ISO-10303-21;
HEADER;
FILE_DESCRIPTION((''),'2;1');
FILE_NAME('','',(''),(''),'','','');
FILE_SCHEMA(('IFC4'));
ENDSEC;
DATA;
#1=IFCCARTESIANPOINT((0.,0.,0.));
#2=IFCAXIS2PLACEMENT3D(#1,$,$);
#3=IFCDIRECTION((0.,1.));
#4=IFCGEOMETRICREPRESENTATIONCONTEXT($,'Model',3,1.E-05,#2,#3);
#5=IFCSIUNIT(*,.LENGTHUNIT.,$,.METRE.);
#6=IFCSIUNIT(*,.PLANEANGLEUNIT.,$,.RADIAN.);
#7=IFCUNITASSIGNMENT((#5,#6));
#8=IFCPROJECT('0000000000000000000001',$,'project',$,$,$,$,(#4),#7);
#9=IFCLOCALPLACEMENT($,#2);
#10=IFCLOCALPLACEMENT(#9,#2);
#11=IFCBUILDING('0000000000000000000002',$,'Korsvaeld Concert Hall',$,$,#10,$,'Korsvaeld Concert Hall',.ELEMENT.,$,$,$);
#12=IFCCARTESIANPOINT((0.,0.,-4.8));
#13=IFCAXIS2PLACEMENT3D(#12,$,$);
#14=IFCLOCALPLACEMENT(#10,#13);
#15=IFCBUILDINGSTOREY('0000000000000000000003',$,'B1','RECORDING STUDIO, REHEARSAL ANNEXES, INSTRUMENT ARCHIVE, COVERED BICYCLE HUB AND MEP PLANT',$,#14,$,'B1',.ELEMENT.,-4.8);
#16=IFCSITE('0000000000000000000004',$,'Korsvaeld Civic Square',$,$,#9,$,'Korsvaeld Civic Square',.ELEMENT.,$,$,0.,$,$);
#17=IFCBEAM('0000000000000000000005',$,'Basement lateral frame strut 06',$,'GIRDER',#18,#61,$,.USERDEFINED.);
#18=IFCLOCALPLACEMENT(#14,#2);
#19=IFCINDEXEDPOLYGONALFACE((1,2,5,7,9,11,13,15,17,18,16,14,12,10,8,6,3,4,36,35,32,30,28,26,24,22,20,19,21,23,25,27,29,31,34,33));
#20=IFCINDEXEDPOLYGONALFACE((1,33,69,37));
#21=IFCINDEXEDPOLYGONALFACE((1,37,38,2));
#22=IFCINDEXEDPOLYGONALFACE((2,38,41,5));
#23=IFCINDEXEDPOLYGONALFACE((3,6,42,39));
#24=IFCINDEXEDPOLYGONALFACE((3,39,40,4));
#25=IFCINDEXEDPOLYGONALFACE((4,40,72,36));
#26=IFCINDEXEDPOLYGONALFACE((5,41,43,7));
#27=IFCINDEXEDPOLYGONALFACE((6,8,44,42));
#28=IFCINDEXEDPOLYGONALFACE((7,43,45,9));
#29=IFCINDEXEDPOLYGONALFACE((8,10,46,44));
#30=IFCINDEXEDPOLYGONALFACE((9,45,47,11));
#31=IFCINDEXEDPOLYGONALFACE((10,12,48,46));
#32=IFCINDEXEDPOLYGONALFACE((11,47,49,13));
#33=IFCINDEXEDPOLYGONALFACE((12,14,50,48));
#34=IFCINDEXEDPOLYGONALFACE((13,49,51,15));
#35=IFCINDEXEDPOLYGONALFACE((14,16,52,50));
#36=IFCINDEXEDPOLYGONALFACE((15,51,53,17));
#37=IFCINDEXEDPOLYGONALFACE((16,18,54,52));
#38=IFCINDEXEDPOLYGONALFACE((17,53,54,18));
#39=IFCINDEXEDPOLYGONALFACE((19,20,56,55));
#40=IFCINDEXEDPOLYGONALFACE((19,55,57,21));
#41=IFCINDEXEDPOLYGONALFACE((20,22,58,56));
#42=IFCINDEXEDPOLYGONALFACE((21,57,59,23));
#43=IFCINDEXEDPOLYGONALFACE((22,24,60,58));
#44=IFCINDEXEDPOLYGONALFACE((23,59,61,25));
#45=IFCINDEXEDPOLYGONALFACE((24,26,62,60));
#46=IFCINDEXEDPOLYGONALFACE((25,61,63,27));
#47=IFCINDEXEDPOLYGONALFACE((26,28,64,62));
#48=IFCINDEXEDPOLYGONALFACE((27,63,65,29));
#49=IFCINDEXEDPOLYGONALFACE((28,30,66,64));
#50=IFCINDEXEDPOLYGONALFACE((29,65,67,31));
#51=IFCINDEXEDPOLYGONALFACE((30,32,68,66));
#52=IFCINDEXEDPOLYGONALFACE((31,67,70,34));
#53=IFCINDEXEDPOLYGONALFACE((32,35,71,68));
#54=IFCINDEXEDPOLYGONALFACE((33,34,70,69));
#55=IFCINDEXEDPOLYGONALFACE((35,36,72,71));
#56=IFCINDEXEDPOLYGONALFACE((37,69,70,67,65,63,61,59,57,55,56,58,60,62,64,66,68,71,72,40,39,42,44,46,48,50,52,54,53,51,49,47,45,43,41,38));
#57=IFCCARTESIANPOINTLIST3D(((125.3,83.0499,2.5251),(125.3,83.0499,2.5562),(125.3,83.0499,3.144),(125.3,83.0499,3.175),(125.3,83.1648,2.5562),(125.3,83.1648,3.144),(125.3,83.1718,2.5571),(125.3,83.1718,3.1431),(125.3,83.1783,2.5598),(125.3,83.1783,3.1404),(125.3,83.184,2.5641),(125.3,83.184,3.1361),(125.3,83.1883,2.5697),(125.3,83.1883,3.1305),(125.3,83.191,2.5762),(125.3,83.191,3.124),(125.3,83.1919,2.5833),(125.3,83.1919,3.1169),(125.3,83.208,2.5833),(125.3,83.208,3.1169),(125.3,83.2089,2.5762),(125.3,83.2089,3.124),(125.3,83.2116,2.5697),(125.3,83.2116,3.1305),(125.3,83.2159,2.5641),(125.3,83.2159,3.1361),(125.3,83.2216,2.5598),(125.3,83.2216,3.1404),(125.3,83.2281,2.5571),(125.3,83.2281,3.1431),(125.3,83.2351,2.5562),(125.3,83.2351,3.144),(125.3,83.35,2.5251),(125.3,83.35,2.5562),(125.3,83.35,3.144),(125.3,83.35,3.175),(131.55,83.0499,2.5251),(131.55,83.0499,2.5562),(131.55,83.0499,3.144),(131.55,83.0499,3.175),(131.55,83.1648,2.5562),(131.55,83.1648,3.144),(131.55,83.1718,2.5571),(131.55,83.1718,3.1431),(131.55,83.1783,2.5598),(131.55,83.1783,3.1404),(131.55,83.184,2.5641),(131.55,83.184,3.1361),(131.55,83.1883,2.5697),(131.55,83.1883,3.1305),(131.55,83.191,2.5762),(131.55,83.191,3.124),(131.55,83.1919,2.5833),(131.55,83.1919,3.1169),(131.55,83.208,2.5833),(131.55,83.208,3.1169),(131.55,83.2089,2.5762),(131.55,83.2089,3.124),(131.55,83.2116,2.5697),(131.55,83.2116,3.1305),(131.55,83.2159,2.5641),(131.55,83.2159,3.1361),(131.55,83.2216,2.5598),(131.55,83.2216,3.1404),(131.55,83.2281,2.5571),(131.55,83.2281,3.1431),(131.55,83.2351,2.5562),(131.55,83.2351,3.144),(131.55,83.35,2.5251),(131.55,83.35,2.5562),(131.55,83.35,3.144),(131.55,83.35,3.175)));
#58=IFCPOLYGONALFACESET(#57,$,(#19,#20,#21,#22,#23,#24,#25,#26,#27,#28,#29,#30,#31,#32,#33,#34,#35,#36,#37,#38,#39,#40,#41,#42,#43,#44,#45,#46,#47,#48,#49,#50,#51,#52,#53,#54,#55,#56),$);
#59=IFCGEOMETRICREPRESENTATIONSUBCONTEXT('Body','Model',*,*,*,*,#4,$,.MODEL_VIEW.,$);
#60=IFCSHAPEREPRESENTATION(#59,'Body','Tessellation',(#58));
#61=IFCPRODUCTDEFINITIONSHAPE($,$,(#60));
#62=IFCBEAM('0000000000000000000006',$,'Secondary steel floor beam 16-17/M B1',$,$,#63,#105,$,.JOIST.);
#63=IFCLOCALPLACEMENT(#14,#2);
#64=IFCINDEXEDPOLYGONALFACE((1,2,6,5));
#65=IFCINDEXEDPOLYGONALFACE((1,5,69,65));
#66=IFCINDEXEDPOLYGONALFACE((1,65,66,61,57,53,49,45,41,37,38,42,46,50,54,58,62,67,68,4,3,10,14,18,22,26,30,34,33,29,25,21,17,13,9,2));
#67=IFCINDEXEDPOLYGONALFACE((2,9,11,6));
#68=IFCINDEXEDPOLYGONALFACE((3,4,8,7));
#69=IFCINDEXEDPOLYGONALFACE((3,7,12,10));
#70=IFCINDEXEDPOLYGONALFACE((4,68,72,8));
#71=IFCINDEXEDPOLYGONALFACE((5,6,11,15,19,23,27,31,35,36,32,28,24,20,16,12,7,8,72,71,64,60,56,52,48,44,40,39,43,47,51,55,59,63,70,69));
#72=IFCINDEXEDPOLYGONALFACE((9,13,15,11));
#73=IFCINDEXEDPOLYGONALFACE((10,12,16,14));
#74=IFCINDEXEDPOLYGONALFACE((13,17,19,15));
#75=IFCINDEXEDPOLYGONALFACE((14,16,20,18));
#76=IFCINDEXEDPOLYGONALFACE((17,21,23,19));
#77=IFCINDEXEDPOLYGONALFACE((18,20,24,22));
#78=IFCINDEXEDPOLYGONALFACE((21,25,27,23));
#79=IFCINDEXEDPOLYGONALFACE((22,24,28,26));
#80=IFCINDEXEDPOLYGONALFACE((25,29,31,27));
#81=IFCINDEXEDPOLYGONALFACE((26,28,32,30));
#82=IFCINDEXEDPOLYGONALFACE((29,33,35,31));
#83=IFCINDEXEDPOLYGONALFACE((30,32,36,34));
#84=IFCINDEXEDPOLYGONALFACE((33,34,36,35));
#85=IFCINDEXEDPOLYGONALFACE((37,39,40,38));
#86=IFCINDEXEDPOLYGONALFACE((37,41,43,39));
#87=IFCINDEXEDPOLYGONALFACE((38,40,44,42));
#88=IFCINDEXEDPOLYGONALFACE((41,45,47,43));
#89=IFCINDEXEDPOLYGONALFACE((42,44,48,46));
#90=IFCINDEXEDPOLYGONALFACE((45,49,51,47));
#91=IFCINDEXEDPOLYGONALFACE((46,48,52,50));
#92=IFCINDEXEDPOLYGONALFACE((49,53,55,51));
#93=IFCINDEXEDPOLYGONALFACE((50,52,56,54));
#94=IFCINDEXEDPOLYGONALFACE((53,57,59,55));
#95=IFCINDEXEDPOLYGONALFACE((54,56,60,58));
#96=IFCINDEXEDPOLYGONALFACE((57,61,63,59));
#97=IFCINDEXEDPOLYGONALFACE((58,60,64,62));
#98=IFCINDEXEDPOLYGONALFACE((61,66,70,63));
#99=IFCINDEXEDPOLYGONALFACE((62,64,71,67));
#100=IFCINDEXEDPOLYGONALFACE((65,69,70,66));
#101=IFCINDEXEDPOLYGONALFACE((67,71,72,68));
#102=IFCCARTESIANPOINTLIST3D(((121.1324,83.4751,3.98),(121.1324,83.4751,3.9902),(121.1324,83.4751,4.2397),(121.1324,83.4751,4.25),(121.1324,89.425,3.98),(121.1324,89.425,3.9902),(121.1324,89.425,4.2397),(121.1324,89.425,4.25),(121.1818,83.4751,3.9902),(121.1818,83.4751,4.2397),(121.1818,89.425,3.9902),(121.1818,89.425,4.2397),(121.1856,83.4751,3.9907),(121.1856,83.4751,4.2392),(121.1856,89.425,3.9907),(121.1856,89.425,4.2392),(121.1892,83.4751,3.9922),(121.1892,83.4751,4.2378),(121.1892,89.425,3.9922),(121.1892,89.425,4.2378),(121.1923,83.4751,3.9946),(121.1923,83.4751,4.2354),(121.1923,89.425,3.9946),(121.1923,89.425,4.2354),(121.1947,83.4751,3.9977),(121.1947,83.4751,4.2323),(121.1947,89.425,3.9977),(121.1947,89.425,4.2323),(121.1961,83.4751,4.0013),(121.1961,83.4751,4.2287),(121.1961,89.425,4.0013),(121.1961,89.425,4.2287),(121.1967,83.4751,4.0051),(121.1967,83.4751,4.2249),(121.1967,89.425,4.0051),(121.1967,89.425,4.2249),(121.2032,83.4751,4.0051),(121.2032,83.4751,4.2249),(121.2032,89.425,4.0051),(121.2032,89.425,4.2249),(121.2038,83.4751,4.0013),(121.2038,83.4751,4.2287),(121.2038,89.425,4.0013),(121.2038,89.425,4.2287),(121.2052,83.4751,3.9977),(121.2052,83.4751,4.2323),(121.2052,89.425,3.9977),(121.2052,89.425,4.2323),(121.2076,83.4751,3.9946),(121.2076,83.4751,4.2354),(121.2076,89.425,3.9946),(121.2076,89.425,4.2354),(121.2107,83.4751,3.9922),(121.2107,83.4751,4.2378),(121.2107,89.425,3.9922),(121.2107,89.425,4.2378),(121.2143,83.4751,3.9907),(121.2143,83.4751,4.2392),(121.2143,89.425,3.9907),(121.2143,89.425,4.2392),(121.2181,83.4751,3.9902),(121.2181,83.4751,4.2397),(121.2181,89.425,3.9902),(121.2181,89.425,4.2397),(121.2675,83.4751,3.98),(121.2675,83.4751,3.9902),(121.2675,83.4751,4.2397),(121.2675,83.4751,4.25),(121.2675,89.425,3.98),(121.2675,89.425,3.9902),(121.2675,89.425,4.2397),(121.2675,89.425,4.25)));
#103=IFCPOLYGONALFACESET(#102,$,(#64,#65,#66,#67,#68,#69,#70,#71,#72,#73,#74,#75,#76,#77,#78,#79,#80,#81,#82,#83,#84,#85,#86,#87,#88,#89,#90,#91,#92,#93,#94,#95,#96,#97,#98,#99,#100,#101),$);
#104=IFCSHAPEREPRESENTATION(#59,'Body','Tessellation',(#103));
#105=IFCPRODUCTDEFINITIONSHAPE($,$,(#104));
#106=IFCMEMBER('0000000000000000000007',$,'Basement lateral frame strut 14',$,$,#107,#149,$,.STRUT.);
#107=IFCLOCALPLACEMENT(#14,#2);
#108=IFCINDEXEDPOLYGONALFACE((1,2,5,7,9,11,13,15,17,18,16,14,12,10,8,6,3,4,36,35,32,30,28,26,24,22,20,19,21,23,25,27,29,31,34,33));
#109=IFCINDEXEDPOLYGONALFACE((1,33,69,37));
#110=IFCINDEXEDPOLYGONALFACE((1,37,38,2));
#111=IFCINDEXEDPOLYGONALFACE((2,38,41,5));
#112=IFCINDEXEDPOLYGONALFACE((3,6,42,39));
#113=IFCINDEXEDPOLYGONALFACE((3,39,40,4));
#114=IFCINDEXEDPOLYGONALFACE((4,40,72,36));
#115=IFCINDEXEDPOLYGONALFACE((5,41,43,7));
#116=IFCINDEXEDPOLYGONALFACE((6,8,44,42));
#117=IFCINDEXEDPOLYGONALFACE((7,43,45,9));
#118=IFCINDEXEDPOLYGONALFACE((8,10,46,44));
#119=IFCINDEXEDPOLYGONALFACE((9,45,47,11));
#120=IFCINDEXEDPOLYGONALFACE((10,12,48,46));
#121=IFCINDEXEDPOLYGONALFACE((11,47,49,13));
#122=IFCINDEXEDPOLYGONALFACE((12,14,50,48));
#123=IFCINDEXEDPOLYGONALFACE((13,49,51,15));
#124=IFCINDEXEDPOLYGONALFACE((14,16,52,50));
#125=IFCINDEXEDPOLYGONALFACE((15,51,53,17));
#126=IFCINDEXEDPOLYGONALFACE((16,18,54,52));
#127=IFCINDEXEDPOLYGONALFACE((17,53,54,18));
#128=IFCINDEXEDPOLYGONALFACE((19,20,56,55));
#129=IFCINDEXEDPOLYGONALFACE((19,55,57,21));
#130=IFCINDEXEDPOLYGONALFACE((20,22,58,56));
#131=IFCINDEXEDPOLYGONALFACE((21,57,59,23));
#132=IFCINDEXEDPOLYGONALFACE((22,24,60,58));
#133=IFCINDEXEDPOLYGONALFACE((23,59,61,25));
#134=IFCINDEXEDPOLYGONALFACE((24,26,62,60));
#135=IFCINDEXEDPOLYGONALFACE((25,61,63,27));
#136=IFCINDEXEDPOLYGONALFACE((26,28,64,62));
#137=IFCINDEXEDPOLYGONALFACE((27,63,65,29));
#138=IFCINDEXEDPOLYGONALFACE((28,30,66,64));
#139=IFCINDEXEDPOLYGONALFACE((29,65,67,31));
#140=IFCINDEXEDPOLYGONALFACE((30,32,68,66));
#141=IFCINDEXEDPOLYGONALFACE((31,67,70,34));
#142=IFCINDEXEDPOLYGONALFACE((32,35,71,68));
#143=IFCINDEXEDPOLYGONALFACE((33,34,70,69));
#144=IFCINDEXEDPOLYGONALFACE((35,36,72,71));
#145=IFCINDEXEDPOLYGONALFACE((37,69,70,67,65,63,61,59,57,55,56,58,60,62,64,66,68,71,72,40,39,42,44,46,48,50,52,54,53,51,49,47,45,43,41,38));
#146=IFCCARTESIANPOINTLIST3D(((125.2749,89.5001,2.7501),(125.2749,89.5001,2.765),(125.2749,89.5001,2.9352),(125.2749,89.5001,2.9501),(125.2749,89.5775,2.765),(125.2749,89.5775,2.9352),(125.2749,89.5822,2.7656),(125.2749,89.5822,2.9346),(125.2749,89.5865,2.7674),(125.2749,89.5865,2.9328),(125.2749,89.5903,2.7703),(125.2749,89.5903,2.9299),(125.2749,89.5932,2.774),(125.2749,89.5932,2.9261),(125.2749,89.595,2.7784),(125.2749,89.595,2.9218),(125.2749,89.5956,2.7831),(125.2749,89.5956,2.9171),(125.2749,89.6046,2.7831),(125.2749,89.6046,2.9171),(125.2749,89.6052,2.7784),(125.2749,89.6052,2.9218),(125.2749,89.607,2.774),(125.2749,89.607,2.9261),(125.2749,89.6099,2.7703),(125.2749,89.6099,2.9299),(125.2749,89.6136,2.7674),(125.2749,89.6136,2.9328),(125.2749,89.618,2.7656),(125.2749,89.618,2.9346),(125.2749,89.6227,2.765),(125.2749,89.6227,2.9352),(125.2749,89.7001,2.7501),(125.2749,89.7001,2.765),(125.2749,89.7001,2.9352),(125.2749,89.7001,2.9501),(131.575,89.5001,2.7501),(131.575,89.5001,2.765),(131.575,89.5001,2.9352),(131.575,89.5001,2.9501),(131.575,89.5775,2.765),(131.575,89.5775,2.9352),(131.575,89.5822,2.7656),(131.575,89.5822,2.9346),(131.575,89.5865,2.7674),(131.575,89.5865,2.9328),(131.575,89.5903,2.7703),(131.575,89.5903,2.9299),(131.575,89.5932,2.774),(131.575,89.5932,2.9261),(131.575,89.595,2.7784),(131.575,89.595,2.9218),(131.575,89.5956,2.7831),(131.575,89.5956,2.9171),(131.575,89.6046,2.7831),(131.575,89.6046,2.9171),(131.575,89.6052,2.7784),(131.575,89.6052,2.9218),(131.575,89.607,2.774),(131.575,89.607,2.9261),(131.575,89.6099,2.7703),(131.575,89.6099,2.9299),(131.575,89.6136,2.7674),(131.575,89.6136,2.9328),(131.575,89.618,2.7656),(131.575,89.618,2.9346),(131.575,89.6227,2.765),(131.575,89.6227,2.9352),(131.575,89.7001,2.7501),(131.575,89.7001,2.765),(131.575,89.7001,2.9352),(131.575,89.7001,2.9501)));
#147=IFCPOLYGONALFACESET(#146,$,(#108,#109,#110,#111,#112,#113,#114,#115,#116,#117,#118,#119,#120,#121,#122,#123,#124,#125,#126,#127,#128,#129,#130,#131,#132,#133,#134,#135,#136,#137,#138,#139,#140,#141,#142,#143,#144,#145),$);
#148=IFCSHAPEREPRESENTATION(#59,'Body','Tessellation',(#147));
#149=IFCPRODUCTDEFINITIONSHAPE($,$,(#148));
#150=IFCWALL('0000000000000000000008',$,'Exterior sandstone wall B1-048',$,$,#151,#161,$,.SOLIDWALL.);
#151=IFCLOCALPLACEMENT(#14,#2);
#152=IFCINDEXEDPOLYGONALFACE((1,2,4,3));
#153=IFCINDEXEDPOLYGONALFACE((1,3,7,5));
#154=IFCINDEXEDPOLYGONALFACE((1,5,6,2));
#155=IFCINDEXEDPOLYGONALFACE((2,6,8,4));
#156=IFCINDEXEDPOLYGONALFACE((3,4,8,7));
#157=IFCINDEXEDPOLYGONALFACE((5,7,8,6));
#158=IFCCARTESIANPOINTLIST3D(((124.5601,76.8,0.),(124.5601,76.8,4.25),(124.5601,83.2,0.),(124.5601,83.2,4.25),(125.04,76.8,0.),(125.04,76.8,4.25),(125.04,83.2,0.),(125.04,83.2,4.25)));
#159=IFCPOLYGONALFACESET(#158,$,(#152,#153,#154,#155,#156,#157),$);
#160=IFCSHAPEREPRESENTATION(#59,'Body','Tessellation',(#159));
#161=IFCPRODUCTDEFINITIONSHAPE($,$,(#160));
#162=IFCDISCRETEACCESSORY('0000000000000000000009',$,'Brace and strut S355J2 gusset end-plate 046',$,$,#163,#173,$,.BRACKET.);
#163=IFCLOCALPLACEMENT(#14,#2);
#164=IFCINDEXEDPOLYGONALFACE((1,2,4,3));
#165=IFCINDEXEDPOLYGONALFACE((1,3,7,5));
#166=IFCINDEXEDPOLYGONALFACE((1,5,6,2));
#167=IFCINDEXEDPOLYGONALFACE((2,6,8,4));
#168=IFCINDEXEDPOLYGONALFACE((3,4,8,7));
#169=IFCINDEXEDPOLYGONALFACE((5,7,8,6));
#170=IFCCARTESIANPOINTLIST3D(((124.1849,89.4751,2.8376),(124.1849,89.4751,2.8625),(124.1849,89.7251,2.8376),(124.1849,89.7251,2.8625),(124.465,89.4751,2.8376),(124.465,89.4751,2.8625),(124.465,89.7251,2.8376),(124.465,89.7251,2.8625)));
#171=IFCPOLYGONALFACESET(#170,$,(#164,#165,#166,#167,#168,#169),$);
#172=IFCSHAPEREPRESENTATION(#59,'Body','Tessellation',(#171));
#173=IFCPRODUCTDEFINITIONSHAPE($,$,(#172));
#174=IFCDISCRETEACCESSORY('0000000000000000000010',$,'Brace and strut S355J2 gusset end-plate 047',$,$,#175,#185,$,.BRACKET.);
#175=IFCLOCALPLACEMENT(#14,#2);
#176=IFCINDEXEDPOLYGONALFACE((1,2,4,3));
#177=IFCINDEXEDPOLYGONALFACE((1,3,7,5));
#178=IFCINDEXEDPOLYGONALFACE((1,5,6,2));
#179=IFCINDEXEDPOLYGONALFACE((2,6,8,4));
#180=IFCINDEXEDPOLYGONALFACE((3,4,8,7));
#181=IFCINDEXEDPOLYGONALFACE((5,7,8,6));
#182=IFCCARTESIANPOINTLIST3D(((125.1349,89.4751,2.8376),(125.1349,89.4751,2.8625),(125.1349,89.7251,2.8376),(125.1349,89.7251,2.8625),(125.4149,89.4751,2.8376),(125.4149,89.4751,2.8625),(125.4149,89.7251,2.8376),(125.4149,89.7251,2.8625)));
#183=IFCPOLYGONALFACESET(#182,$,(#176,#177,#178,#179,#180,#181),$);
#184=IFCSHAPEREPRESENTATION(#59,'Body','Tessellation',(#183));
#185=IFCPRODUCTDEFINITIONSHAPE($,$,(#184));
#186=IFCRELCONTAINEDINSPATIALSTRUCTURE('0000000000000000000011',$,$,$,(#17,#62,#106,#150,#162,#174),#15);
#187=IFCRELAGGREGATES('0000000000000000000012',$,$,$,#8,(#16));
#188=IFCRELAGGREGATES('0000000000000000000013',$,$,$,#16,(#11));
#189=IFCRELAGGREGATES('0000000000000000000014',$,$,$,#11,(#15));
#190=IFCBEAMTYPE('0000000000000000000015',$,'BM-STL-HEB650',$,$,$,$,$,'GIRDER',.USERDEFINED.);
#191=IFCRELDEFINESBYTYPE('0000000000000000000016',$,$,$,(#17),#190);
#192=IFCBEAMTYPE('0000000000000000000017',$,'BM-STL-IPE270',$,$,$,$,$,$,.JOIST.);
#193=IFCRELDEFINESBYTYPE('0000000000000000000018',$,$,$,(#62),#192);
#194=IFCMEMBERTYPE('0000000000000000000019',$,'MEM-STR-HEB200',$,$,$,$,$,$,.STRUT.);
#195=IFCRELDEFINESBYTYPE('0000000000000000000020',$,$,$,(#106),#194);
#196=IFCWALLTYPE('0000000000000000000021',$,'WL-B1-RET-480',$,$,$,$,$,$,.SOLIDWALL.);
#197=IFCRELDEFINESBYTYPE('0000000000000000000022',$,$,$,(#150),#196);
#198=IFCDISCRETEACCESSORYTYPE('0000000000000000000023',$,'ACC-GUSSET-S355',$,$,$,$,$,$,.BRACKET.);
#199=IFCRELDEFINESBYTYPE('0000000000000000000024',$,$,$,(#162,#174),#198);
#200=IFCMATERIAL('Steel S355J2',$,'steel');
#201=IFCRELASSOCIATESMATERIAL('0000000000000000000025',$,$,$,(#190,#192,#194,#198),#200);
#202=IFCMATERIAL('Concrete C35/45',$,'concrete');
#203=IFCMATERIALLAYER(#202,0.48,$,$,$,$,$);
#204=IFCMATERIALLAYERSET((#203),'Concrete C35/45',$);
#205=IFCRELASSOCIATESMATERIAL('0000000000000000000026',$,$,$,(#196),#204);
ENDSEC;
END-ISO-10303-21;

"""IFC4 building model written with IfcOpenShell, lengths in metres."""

from ifc_helpers import new_model, si_unit, direction, frame, frame_2d, origin, origin_2d, place, context, subcontext, project, spatial, rectangle, i_section, extrude, material, layer, layer_set, material_profile, profile_set, type_object, element, save


model = new_model("IFC4")

# Units and contexts
model_context = context("Model", 3, precision=1e-05, world=origin(), true_north=direction((0.0, 1.0)))
body_context = subcontext(model_context, "Body", "Model", "MODEL_VIEW")
ifc_project = project(units=[si_unit("LENGTHUNIT", "METRE"), si_unit("PLANEANGLEUNIT", "RADIAN")], contexts=[model_context])

# Site, building, storey
site_placement = place(None, origin())
site = spatial("IfcSite", under=ifc_project, at=site_placement, Name="Korsvaeld Civic Square", LongName="Korsvaeld Civic Square", CompositionType="ELEMENT", RefElevation=0.0)
building_placement = place(site_placement, origin())
building = spatial("IfcBuilding", under=site, at=building_placement, Name="Korsvaeld Concert Hall", LongName="Korsvaeld Concert Hall", CompositionType="ELEMENT")
storey_placement = place(building_placement, frame((0.0, 0.0, -4.8)))
storey = spatial("IfcBuildingStorey", under=building, at=storey_placement, Name="B1", Description="RECORDING STUDIO, REHEARSAL ANNEXES, INSTRUMENT ARCHIVE, COVERED BICYCLE HUB AND MEP PLANT", LongName="B1", CompositionType="ELEMENT", Elevation=-4.8)

# Shared definitions
ifc_material_1 = material(Name="Concrete C35/45", Category="concrete")

# Beams
ifc_material_2 = material(Name="Steel S355J2", Category="steel")
ifc_material_profile_1 = material_profile(ifc_material_2, i_section(OverallWidth=0.3, OverallDepth=0.6499, WebThickness=0.0161, FlangeThickness=0.031, FilletRadius=0.0271, at=origin_2d()), Name="HEB 650")
ifc_profile_set_1 = profile_set([ifc_material_profile_1], Name="Steel S355J2")
beam_type_1 = type_object("IfcBeamType", Name="BM-STL-HEB650", ElementType="GIRDER", PredefinedType="USERDEFINED", material=ifc_profile_set_1)
beam_1_placement = place(storey_placement, frame((125.3, 83.2, 2.8501), z_axis=(1.0, 0.0, 0.0), x_axis=(0.0, 1.0, 0.0)))
element("IfcBeam", 1, at=beam_1_placement, inside=storey, type_object=beam_type_1, Name="Basement lateral frame strut 06", ObjectType="GIRDER", PredefinedType="USERDEFINED", context=body_context, shape_type="SweptSolid", body=[
    extrude(i_section(OverallWidth=0.3, OverallDepth=0.6499, WebThickness=0.0161, FlangeThickness=0.031, FilletRadius=0.0271, at=origin_2d()), origin(), (0.0, 0.0, 1.0), 6.25),
])
ifc_material_profile_2 = material_profile(ifc_material_2, i_section(OverallWidth=0.135, OverallDepth=0.27, WebThickness=0.0066, FlangeThickness=0.0103, FilletRadius=0.0149, at=origin_2d()), Name="IPE 270")
ifc_profile_set_2 = profile_set([ifc_material_profile_2], Name="Steel S355J2")
beam_type_2 = type_object("IfcBeamType", Name="BM-STL-IPE270", PredefinedType="JOIST", material=ifc_profile_set_2)
beam_2_placement = place(storey_placement, frame((121.2, 83.4751, 4.115), z_axis=(0.0, 1.0, 0.0), x_axis=(-1.0, 0.0, 0.0)))
element("IfcBeam", 2, at=beam_2_placement, inside=storey, type_object=beam_type_2, Name="Secondary steel floor beam 16-17/M B1", PredefinedType="JOIST", context=body_context, shape_type="SweptSolid", body=[
    extrude(i_section(OverallWidth=0.135, OverallDepth=0.27, WebThickness=0.0066, FlangeThickness=0.0103, FilletRadius=0.0149, at=origin_2d()), origin(), (0.0, 0.0, 1.0), 5.95),
])

# Member
ifc_material_profile_3 = material_profile(ifc_material_2, i_section(OverallWidth=0.2, OverallDepth=0.2, WebThickness=0.009, FlangeThickness=0.0149, FilletRadius=0.0181, at=origin_2d()), Name="HEB 200")
ifc_profile_set_3 = profile_set([ifc_material_profile_3], Name="Steel S355J2")
member_type = type_object("IfcMemberType", Name="MEM-STR-HEB200", PredefinedType="STRUT", material=ifc_profile_set_3)
member_placement = place(storey_placement, frame((125.2749, 89.6001, 2.8501), z_axis=(1.0, 0.0, 0.0), x_axis=(0.0, 1.0, 0.0)))
element("IfcMember", 3, at=member_placement, inside=storey, type_object=member_type, Name="Basement lateral frame strut 14", PredefinedType="STRUT", context=body_context, shape_type="SweptSolid", body=[
    extrude(i_section(OverallWidth=0.2, OverallDepth=0.2, WebThickness=0.009, FlangeThickness=0.0149, FilletRadius=0.0181, at=origin_2d()), origin(), (0.0, 0.0, 1.0), 6.3),
])

# Wall
ifc_layer = layer(ifc_material_1, 0.48)
ifc_layer_set = layer_set([ifc_layer], Name="Concrete C35/45")
wall_type = type_object("IfcWallType", Name="WL-B1-RET-480", PredefinedType="SOLIDWALL", material=ifc_layer_set)
wall_placement = place(storey_placement, frame((124.8, 83.2, 0.0), z_axis=(0.0, 0.0, 1.0), x_axis=(0.0, -1.0, 0.0)))
element("IfcWall", 4, at=wall_placement, inside=storey, type_object=wall_type, Name="Exterior sandstone wall B1-048", PredefinedType="SOLIDWALL", context=body_context, shape_type="SweptSolid", body=[
    extrude(rectangle(XDim=6.3999, YDim=0.48, at=frame_2d((3.2, 0.0))), origin(), (0.0, 0.0, 1.0), 4.25),
])

# Discrete accessories
discrete_accessory_type = type_object("IfcDiscreteAccessoryType", Name="ACC-GUSSET-S355", PredefinedType="BRACKET", material=ifc_material_2)
for number, where, z_axis, x_axis, name in (
    (5, (124.325, 89.6001, 2.8376), (0.0, 0.0, 1.0), (1.0, 0.0, 0.0), "Brace and strut S355J2 gusset end-plate 046"),
    (6, (125.2749, 89.6001, 2.8376), (0.0, 0.0, 1.0), (1.0, 0.0, 0.0), "Brace and strut S355J2 gusset end-plate 047"),
):
    element("IfcDiscreteAccessory", number, at=place(storey_placement, frame(where, z_axis=z_axis, x_axis=x_axis)), inside=storey, type_object=discrete_accessory_type, Name=name, PredefinedType="BRACKET", context=body_context, shape_type="SweptSolid", body=[
        extrude(rectangle(XDim=0.28, YDim=0.25, at=origin_2d()), origin(), (0.0, 0.0, 1.0), 0.0249),
    ])

save(model, "model.ifc")
